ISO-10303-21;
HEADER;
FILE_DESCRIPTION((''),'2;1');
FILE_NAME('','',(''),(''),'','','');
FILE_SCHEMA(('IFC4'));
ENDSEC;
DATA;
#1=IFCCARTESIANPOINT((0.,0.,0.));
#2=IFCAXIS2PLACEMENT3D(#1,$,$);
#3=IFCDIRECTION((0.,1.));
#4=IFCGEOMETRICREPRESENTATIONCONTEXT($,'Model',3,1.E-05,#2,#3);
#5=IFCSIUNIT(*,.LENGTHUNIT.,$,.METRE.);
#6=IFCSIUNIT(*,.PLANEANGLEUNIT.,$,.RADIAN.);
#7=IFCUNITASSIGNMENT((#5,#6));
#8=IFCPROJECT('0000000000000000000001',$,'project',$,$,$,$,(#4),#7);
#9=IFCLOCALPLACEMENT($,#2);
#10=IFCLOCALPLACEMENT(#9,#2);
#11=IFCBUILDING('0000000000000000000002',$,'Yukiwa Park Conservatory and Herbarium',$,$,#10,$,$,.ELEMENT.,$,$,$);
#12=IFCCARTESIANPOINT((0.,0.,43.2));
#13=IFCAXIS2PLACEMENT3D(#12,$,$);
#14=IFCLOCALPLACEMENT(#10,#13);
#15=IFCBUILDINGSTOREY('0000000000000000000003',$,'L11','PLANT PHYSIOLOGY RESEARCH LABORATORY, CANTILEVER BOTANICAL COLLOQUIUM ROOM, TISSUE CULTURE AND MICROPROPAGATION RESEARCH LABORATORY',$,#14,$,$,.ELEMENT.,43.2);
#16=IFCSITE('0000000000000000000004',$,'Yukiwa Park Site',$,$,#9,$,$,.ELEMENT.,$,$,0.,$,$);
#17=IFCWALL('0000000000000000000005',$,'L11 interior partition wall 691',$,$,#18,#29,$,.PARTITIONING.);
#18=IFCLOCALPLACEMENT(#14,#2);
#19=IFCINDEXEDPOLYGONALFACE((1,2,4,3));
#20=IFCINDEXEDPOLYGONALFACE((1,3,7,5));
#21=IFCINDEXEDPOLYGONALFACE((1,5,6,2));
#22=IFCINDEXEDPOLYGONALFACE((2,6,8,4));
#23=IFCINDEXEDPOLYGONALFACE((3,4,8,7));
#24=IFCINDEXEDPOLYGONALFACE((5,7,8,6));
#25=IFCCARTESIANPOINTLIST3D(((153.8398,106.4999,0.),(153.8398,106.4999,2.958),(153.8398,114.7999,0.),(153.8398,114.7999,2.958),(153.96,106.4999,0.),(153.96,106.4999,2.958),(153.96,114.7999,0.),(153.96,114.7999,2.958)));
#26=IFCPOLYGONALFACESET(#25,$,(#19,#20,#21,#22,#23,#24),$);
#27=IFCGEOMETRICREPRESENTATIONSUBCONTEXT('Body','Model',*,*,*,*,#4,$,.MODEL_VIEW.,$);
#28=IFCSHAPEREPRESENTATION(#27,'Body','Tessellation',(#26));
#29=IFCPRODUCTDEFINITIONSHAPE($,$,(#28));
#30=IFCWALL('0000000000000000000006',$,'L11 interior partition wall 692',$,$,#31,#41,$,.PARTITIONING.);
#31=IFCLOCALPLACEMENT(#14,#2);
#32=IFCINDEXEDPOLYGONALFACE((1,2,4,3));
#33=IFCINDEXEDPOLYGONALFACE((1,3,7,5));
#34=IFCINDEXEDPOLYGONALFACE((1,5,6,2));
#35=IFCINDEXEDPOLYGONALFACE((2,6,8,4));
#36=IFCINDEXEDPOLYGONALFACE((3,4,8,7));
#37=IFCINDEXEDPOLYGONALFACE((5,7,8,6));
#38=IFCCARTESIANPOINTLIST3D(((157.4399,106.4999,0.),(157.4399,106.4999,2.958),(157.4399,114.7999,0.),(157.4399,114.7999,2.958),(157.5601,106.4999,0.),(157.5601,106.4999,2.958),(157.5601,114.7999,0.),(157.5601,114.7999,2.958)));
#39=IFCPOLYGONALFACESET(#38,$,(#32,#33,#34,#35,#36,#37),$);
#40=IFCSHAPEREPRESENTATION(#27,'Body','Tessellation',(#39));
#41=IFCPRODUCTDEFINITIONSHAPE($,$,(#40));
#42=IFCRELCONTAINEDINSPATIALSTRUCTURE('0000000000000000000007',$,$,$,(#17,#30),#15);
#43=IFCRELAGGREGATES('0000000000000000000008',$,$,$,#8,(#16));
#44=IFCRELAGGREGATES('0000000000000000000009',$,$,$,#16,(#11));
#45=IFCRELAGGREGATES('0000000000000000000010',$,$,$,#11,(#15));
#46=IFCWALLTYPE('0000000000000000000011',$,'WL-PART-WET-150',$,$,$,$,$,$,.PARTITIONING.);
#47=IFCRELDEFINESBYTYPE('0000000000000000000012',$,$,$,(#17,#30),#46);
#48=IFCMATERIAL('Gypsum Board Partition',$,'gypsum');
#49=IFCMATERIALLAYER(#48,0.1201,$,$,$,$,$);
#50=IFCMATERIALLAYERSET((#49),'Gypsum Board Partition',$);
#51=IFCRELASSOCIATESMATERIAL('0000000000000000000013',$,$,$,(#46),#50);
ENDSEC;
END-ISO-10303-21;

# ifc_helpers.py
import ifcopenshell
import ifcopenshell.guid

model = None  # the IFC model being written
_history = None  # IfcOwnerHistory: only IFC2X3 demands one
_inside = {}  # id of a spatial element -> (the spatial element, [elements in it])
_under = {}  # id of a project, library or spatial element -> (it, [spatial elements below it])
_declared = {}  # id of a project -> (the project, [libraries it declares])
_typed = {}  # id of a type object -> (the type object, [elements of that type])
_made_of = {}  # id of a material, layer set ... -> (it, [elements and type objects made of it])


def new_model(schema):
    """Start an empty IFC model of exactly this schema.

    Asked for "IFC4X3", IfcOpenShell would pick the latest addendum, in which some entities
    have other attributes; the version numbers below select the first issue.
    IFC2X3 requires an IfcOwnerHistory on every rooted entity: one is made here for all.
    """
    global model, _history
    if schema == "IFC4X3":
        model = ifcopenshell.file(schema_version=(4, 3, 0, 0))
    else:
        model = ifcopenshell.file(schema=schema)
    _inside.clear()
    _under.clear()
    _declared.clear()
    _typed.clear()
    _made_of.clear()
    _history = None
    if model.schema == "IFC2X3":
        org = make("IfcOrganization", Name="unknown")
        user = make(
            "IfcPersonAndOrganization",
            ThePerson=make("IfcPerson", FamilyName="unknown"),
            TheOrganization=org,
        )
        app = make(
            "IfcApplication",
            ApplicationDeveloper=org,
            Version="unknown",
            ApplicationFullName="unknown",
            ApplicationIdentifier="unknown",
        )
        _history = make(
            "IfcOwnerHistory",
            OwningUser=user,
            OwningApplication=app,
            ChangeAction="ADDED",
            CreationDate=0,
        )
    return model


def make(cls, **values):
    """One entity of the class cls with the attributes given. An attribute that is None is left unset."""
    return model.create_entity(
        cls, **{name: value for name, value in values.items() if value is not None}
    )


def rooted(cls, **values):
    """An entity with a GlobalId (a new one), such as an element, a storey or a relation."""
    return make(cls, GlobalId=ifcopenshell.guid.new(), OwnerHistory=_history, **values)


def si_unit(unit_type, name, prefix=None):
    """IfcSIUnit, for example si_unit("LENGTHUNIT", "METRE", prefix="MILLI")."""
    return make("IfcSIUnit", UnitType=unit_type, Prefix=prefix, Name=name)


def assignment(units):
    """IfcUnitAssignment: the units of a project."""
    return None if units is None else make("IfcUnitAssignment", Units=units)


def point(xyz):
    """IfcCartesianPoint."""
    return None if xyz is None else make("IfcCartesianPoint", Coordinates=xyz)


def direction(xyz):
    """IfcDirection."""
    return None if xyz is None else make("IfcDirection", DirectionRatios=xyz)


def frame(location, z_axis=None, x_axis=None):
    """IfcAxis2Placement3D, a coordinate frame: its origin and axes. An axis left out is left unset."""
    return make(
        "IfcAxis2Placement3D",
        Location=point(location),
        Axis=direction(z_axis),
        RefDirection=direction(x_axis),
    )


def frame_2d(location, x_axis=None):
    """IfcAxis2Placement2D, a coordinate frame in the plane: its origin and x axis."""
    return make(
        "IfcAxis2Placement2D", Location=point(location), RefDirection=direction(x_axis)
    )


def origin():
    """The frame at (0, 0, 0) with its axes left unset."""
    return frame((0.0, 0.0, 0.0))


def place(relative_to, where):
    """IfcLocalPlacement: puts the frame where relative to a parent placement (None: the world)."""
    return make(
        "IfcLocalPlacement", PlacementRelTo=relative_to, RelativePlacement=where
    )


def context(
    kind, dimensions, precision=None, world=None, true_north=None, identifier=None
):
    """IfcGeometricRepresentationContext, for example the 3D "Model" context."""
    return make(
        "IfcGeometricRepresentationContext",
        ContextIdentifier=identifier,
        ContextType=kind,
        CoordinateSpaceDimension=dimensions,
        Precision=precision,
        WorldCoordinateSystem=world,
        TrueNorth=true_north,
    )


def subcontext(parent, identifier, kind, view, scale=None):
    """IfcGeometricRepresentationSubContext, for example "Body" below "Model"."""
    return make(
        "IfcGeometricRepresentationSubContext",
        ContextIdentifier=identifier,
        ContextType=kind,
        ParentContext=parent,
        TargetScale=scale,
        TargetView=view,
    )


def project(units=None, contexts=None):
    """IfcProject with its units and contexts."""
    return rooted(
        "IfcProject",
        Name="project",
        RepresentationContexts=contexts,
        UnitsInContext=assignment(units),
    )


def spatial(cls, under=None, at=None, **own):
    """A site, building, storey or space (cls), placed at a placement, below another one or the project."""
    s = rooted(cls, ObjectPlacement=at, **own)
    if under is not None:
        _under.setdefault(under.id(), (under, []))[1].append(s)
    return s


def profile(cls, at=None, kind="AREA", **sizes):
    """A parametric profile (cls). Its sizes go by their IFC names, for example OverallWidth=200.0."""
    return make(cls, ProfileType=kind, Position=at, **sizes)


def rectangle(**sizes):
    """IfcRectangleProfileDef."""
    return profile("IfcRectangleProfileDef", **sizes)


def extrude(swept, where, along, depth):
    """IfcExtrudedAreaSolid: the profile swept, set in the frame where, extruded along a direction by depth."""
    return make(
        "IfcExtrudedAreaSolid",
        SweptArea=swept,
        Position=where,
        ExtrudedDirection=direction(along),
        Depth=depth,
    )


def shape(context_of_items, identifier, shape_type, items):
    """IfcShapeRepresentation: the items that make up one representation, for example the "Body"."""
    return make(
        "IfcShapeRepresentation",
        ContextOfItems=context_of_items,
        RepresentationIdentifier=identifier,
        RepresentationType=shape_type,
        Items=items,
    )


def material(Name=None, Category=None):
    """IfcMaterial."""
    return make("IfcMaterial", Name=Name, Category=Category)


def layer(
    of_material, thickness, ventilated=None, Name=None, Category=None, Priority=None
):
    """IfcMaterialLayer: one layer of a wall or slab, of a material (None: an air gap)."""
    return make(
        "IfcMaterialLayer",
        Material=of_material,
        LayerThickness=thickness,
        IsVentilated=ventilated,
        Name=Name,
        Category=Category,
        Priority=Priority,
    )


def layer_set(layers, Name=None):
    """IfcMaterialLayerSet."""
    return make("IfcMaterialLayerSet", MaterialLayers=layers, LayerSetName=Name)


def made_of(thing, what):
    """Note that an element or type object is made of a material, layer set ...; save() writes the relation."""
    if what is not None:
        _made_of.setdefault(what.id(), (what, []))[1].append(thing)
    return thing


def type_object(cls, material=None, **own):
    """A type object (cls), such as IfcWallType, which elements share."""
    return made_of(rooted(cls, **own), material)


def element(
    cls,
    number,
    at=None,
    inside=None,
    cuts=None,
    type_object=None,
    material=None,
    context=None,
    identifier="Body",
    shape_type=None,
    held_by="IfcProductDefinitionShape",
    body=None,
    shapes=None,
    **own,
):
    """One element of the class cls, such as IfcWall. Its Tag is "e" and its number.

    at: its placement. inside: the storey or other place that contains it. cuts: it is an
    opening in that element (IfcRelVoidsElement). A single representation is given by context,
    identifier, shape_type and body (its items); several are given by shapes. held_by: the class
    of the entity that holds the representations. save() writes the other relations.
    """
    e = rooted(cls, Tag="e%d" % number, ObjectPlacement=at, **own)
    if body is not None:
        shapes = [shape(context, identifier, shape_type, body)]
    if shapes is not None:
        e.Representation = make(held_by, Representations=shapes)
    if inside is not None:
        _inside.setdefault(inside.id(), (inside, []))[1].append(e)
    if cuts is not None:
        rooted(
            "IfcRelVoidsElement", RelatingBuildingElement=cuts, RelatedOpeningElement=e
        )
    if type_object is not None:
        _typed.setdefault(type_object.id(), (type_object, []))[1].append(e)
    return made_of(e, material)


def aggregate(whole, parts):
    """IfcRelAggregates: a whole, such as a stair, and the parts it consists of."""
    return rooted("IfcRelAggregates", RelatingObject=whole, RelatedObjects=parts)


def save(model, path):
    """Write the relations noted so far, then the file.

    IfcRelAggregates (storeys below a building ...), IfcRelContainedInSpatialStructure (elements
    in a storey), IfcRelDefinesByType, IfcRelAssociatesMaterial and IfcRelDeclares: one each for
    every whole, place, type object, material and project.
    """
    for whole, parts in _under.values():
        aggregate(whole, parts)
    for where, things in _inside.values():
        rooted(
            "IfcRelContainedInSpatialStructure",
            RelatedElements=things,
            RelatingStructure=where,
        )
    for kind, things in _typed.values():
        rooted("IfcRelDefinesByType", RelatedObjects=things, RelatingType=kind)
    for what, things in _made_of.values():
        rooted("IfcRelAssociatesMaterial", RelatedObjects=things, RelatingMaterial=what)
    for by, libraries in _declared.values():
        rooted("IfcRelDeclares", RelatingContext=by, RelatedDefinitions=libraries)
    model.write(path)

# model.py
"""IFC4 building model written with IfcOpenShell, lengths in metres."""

from ifc_helpers import new_model, si_unit, direction, frame, frame_2d, origin, place, context, subcontext, project, spatial, rectangle, extrude, material, layer, layer_set, type_object, element, save


model = new_model("IFC4")

# Units and contexts
model_context = context("Model", 3, precision=1e-05, world=origin(), true_north=direction((0.0, 1.0)))
body_context = subcontext(model_context, "Body", "Model", "MODEL_VIEW")
ifc_project = project(units=[si_unit("LENGTHUNIT", "METRE"), si_unit("PLANEANGLEUNIT", "RADIAN")], contexts=[model_context])

# Site, building, storey
site_placement = place(None, origin())
site = spatial("IfcSite", under=ifc_project, at=site_placement, Name="Yukiwa Park Site", CompositionType="ELEMENT", RefElevation=0.0)
building_placement = place(site_placement, origin())
building = spatial("IfcBuilding", under=site, at=building_placement, Name="Yukiwa Park Conservatory and Herbarium", CompositionType="ELEMENT")
storey_placement = place(building_placement, frame((0.0, 0.0, 43.2)))
storey = spatial("IfcBuildingStorey", under=building, at=storey_placement, Name="L11", Description="PLANT PHYSIOLOGY RESEARCH LABORATORY, CANTILEVER BOTANICAL COLLOQUIUM ROOM, TISSUE CULTURE AND MICROPROPAGATION RESEARCH LABORATORY", CompositionType="ELEMENT", Elevation=43.2)

# Shared definitions
ifc_material_1 = material(Name="Gypsum Board Partition", Category="gypsum")
ifc_layer_1 = layer(ifc_material_1, 0.1201)
ifc_layer_set_1 = layer_set([ifc_layer_1], Name="Gypsum Board Partition")
wall_type_1 = type_object("IfcWallType", Name="WL-PART-WET-150", PredefinedType="PARTITIONING", material=ifc_layer_set_1)

# Walls
for number, where, z_axis, x_axis, name in (
    (1, (153.8999, 106.5, 0.0), (0.0, 0.0, 1.0), (0.0, 1.0, 0.0), "L11 interior partition wall 691"),
    (2, (157.5, 106.5, 0.0), (0.0, 0.0, 1.0), (0.0, 1.0, 0.0), "L11 interior partition wall 692"),
):
    element("IfcWall", number, at=place(storey_placement, frame(where, z_axis=z_axis, x_axis=x_axis)), inside=storey, type_object=wall_type_1, Name=name, PredefinedType="PARTITIONING", context=body_context, shape_type="SweptSolid", body=[
        extrude(rectangle(XDim=8.3, YDim=0.1201, at=frame_2d((4.1499, 0.0))), origin(), (0.0, 0.0, 1.0), 2.958),
    ])

save(model, "model.ifc")
